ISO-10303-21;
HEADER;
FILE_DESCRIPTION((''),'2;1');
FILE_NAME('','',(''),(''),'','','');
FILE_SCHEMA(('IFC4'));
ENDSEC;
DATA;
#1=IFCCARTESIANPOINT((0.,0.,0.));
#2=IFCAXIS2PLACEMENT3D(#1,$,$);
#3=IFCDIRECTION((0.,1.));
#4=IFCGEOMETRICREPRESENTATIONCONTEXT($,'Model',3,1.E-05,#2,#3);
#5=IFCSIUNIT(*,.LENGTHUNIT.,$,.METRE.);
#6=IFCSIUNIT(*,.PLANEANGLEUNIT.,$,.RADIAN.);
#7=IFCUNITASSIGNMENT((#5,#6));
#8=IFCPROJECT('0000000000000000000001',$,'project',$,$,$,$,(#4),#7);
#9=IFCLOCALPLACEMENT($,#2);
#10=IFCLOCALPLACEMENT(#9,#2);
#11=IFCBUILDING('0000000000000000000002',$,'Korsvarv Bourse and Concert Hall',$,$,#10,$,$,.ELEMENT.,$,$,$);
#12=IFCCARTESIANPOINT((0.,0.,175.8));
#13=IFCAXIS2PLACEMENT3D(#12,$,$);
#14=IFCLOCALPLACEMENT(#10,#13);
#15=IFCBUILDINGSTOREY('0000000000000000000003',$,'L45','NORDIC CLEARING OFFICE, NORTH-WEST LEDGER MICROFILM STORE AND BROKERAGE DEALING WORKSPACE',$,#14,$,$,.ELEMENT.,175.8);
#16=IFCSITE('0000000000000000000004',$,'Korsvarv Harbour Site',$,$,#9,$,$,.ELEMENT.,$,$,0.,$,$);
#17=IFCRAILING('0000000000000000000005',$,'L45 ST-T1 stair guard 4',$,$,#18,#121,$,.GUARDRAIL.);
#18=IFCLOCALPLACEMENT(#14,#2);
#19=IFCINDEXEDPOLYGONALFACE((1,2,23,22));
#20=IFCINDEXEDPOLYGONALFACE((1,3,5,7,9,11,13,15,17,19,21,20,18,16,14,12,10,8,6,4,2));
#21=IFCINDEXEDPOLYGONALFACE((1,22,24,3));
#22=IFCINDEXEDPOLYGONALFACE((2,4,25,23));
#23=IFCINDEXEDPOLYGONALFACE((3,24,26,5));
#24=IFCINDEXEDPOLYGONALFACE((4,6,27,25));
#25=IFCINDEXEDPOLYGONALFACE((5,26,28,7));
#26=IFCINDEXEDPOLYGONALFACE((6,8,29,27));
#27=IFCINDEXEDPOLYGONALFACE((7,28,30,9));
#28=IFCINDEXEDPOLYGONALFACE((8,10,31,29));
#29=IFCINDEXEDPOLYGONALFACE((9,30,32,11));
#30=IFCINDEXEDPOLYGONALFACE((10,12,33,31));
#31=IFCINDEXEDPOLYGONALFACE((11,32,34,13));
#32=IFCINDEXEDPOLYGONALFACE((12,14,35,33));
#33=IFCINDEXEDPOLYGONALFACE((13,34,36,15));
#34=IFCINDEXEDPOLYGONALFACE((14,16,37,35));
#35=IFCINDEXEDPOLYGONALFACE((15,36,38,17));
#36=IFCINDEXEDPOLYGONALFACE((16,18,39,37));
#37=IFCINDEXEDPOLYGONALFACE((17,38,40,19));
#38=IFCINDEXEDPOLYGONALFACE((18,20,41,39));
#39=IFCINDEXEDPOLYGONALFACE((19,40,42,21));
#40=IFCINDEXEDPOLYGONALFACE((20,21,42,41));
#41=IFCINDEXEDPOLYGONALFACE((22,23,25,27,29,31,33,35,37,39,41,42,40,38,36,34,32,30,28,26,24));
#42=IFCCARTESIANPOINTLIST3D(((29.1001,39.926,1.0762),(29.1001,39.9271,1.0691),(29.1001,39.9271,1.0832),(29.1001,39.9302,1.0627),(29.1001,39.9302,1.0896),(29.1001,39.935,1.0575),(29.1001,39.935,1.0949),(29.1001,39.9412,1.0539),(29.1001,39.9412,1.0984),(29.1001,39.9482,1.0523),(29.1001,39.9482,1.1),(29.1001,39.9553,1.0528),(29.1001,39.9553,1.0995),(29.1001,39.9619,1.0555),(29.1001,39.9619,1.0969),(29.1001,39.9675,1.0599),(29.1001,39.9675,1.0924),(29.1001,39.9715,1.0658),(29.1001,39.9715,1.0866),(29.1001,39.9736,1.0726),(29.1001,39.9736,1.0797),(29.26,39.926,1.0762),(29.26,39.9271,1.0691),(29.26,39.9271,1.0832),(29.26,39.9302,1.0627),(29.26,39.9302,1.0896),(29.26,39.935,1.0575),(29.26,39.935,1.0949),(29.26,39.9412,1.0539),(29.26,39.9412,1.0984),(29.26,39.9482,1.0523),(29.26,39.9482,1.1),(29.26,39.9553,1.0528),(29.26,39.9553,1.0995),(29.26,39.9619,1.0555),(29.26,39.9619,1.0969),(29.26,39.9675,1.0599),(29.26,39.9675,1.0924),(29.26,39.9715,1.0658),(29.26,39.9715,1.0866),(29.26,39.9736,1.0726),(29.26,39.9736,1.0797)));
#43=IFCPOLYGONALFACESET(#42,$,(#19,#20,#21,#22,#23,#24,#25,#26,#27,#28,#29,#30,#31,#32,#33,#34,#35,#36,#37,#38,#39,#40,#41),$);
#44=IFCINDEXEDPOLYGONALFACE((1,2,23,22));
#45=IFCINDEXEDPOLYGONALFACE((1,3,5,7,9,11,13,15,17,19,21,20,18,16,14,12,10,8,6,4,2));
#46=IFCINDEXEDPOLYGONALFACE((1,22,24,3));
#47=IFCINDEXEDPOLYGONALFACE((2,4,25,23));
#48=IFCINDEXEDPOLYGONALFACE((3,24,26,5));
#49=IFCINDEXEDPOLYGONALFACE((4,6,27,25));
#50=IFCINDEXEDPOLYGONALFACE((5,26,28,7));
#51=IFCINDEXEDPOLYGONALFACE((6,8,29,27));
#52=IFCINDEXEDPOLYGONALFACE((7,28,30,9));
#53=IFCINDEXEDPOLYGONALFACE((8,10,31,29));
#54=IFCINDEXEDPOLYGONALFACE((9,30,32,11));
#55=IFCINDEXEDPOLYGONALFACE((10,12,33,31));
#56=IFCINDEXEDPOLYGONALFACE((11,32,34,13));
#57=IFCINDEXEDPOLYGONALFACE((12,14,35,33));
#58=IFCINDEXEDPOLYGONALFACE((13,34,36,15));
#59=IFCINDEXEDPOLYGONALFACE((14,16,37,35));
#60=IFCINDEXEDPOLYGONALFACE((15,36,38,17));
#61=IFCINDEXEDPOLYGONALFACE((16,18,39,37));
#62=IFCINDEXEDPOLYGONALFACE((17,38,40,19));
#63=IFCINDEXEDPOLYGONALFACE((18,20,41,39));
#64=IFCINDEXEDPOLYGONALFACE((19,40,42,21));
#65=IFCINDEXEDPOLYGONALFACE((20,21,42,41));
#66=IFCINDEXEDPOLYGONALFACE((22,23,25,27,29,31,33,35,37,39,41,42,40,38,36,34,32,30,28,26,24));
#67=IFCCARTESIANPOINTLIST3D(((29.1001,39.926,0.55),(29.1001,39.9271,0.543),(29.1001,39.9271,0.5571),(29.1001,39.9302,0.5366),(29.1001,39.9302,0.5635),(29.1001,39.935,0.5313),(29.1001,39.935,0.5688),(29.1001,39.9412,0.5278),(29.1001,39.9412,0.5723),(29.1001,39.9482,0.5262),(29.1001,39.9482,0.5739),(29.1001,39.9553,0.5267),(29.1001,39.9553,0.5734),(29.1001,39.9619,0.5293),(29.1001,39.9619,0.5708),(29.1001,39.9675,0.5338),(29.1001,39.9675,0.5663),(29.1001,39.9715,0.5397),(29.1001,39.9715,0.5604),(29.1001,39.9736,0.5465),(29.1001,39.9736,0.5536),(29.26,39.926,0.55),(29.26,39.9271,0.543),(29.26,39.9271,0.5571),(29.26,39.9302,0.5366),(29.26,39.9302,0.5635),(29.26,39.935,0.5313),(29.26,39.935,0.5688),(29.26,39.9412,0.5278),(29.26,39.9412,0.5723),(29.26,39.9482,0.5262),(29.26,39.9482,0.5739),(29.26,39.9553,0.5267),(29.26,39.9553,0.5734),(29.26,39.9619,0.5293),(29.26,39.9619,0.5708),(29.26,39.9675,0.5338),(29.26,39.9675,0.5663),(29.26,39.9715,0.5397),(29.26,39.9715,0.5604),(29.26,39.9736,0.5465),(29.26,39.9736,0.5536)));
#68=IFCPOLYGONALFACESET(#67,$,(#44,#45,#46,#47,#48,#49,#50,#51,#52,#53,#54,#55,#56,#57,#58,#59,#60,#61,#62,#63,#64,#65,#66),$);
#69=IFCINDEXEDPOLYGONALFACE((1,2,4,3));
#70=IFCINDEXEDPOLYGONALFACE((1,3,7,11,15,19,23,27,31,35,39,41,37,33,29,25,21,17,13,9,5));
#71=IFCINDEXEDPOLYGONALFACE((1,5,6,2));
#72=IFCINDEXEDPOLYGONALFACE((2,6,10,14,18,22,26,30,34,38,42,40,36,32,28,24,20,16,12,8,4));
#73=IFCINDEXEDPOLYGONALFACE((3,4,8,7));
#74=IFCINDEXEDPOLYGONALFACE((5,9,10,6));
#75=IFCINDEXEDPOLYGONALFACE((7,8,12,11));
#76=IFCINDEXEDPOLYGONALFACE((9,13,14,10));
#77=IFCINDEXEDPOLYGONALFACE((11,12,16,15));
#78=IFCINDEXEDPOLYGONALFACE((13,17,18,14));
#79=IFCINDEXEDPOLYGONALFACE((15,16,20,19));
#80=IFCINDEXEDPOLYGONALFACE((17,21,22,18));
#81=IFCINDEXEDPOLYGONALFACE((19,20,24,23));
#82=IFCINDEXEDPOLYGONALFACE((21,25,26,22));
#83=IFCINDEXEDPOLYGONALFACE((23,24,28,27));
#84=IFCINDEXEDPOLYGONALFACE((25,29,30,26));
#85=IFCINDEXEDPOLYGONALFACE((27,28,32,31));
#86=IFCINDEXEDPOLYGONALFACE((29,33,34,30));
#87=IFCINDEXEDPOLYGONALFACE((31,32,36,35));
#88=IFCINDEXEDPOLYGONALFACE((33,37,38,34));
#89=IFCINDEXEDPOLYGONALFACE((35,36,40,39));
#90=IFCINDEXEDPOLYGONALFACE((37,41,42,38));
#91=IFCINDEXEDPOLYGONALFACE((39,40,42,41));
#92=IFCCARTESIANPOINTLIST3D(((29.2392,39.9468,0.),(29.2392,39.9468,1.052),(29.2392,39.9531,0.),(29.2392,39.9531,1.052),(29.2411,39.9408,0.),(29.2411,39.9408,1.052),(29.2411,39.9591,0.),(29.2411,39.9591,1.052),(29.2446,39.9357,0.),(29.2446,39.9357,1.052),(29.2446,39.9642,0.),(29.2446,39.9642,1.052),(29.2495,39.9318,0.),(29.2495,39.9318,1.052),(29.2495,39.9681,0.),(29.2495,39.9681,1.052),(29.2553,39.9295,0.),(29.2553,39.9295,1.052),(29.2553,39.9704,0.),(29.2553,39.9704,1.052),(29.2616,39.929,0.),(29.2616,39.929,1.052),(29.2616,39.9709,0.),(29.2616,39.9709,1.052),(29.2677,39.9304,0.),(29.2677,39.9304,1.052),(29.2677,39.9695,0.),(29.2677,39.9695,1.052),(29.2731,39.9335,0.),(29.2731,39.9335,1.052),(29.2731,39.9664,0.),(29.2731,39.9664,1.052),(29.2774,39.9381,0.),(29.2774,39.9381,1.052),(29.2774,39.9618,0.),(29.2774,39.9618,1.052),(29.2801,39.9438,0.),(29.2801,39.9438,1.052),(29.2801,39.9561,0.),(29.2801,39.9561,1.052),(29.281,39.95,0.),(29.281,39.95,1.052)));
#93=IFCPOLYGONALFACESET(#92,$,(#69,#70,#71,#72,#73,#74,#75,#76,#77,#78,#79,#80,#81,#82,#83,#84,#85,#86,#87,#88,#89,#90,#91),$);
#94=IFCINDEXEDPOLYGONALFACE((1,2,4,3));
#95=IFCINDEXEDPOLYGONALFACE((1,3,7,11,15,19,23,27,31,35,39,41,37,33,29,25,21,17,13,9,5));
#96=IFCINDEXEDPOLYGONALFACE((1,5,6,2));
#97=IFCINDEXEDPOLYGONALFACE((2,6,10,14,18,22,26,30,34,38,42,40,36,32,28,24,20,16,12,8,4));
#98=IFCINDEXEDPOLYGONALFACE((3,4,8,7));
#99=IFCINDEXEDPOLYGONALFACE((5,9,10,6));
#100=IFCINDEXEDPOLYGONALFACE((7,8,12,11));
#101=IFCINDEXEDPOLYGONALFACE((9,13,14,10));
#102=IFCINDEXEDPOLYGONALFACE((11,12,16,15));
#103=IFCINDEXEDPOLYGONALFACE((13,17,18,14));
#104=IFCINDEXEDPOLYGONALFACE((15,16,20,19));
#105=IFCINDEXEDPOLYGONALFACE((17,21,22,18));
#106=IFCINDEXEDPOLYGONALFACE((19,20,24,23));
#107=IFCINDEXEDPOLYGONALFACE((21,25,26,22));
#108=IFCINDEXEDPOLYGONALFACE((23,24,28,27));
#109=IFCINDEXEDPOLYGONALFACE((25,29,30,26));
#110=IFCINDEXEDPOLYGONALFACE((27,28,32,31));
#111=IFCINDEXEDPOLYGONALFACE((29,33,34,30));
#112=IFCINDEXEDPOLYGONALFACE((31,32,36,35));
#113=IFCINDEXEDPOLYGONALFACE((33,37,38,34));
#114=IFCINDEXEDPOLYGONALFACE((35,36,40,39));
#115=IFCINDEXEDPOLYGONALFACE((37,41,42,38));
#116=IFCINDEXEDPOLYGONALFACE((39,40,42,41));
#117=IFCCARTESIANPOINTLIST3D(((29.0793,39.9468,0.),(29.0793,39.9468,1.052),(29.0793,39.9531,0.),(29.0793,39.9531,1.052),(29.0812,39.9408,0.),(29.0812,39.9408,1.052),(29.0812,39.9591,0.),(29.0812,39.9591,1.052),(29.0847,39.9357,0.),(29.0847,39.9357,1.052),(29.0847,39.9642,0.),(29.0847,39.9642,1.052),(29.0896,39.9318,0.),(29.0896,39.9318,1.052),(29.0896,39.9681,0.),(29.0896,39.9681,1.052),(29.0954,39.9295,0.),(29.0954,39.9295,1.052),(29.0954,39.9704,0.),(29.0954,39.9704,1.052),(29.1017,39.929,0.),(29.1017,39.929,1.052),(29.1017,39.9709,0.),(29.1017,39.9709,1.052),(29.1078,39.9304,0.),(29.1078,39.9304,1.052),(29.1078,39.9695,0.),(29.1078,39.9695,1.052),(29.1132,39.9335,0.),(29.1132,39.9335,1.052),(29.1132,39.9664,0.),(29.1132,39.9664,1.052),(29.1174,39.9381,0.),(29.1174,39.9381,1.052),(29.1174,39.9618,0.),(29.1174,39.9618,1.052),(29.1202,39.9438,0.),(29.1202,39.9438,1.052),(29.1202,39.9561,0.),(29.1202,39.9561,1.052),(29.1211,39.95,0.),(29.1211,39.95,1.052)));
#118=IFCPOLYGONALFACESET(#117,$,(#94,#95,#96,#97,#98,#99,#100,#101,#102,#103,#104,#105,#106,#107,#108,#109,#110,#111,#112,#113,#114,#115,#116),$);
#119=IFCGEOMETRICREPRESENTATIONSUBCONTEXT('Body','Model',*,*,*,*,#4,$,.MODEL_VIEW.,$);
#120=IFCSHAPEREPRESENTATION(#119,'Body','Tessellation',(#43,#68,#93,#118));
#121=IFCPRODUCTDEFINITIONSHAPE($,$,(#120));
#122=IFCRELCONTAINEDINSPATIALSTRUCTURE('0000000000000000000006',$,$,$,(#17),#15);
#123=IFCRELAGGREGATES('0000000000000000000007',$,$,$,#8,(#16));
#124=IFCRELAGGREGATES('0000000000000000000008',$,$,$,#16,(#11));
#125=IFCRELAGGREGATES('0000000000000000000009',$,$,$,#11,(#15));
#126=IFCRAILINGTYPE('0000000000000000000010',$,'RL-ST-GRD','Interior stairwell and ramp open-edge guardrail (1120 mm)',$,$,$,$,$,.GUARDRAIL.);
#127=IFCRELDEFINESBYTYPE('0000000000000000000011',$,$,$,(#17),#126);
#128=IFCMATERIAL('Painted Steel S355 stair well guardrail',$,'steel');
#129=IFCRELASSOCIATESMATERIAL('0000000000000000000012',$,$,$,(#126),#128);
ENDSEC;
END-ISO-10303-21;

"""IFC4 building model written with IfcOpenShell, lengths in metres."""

from ifc_helpers import new_model, si_unit, direction, frame, origin, origin_2d, place, context, subcontext, project, spatial, circle, extrude, material, type_object, element, save


model = new_model("IFC4")

# Units and contexts
model_context = context("Model", 3, precision=1e-05, world=origin(), true_north=direction((0.0, 1.0)))
body_context = subcontext(model_context, "Body", "Model", "MODEL_VIEW")
ifc_project = project(units=[si_unit("LENGTHUNIT", "METRE"), si_unit("PLANEANGLEUNIT", "RADIAN")], contexts=[model_context])

# Site, building, storey
site_placement = place(None, origin())
site = spatial("IfcSite", under=ifc_project, at=site_placement, Name="Korsvarv Harbour Site", CompositionType="ELEMENT", RefElevation=0.0)
building_placement = place(site_placement, origin())
building = spatial("IfcBuilding", under=site, at=building_placement, Name="Korsvarv Bourse and Concert Hall", CompositionType="ELEMENT")
storey_placement = place(building_placement, frame((0.0, 0.0, 175.8)))
storey = spatial("IfcBuildingStorey", under=building, at=storey_placement, Name="L45", Description="NORDIC CLEARING OFFICE, NORTH-WEST LEDGER MICROFILM STORE AND BROKERAGE DEALING WORKSPACE", CompositionType="ELEMENT", Elevation=175.8)

# Railing
ifc_material_1 = material(Name="Painted Steel S355 stair well guardrail", Category="steel")
railing_type_1 = type_object("IfcRailingType", Name="RL-ST-GRD", Description="Interior stairwell and ramp open-edge guardrail (1120 mm)", PredefinedType="GUARDRAIL", material=ifc_material_1)
railing_1_placement = place(storey_placement, frame((29.26, 39.95, 0.0)))
element("IfcRailing", 1, at=railing_1_placement, inside=storey, type_object=railing_type_1, Name="L45 ST-T1 stair guard 4", PredefinedType="GUARDRAIL", context=body_context, shape_type="SweptSolid", body=[
    extrude(circle(Radius=0.0239, at=origin_2d()), frame((0.0, 0.0, 1.0762), z_axis=(-1.0, 0.0, 0.0), x_axis=(0.0, -1.0, 0.0)), (0.0, 0.0, 1.0), 0.1599),
    extrude(circle(Radius=0.0239, at=origin_2d()), frame((0.0, 0.0, 0.55), z_axis=(-1.0, 0.0, 0.0), x_axis=(0.0, -1.0, 0.0)), (0.0, 0.0, 1.0), 0.1599),
    extrude(circle(Radius=0.021, at=origin_2d()), origin(), (0.0, 0.0, 1.0), 1.052),
    extrude(circle(Radius=0.021, at=origin_2d()), frame((-0.1599, 0.0, 0.0)), (0.0, 0.0, 1.0), 1.052),
])

save(model, "model.ifc")
